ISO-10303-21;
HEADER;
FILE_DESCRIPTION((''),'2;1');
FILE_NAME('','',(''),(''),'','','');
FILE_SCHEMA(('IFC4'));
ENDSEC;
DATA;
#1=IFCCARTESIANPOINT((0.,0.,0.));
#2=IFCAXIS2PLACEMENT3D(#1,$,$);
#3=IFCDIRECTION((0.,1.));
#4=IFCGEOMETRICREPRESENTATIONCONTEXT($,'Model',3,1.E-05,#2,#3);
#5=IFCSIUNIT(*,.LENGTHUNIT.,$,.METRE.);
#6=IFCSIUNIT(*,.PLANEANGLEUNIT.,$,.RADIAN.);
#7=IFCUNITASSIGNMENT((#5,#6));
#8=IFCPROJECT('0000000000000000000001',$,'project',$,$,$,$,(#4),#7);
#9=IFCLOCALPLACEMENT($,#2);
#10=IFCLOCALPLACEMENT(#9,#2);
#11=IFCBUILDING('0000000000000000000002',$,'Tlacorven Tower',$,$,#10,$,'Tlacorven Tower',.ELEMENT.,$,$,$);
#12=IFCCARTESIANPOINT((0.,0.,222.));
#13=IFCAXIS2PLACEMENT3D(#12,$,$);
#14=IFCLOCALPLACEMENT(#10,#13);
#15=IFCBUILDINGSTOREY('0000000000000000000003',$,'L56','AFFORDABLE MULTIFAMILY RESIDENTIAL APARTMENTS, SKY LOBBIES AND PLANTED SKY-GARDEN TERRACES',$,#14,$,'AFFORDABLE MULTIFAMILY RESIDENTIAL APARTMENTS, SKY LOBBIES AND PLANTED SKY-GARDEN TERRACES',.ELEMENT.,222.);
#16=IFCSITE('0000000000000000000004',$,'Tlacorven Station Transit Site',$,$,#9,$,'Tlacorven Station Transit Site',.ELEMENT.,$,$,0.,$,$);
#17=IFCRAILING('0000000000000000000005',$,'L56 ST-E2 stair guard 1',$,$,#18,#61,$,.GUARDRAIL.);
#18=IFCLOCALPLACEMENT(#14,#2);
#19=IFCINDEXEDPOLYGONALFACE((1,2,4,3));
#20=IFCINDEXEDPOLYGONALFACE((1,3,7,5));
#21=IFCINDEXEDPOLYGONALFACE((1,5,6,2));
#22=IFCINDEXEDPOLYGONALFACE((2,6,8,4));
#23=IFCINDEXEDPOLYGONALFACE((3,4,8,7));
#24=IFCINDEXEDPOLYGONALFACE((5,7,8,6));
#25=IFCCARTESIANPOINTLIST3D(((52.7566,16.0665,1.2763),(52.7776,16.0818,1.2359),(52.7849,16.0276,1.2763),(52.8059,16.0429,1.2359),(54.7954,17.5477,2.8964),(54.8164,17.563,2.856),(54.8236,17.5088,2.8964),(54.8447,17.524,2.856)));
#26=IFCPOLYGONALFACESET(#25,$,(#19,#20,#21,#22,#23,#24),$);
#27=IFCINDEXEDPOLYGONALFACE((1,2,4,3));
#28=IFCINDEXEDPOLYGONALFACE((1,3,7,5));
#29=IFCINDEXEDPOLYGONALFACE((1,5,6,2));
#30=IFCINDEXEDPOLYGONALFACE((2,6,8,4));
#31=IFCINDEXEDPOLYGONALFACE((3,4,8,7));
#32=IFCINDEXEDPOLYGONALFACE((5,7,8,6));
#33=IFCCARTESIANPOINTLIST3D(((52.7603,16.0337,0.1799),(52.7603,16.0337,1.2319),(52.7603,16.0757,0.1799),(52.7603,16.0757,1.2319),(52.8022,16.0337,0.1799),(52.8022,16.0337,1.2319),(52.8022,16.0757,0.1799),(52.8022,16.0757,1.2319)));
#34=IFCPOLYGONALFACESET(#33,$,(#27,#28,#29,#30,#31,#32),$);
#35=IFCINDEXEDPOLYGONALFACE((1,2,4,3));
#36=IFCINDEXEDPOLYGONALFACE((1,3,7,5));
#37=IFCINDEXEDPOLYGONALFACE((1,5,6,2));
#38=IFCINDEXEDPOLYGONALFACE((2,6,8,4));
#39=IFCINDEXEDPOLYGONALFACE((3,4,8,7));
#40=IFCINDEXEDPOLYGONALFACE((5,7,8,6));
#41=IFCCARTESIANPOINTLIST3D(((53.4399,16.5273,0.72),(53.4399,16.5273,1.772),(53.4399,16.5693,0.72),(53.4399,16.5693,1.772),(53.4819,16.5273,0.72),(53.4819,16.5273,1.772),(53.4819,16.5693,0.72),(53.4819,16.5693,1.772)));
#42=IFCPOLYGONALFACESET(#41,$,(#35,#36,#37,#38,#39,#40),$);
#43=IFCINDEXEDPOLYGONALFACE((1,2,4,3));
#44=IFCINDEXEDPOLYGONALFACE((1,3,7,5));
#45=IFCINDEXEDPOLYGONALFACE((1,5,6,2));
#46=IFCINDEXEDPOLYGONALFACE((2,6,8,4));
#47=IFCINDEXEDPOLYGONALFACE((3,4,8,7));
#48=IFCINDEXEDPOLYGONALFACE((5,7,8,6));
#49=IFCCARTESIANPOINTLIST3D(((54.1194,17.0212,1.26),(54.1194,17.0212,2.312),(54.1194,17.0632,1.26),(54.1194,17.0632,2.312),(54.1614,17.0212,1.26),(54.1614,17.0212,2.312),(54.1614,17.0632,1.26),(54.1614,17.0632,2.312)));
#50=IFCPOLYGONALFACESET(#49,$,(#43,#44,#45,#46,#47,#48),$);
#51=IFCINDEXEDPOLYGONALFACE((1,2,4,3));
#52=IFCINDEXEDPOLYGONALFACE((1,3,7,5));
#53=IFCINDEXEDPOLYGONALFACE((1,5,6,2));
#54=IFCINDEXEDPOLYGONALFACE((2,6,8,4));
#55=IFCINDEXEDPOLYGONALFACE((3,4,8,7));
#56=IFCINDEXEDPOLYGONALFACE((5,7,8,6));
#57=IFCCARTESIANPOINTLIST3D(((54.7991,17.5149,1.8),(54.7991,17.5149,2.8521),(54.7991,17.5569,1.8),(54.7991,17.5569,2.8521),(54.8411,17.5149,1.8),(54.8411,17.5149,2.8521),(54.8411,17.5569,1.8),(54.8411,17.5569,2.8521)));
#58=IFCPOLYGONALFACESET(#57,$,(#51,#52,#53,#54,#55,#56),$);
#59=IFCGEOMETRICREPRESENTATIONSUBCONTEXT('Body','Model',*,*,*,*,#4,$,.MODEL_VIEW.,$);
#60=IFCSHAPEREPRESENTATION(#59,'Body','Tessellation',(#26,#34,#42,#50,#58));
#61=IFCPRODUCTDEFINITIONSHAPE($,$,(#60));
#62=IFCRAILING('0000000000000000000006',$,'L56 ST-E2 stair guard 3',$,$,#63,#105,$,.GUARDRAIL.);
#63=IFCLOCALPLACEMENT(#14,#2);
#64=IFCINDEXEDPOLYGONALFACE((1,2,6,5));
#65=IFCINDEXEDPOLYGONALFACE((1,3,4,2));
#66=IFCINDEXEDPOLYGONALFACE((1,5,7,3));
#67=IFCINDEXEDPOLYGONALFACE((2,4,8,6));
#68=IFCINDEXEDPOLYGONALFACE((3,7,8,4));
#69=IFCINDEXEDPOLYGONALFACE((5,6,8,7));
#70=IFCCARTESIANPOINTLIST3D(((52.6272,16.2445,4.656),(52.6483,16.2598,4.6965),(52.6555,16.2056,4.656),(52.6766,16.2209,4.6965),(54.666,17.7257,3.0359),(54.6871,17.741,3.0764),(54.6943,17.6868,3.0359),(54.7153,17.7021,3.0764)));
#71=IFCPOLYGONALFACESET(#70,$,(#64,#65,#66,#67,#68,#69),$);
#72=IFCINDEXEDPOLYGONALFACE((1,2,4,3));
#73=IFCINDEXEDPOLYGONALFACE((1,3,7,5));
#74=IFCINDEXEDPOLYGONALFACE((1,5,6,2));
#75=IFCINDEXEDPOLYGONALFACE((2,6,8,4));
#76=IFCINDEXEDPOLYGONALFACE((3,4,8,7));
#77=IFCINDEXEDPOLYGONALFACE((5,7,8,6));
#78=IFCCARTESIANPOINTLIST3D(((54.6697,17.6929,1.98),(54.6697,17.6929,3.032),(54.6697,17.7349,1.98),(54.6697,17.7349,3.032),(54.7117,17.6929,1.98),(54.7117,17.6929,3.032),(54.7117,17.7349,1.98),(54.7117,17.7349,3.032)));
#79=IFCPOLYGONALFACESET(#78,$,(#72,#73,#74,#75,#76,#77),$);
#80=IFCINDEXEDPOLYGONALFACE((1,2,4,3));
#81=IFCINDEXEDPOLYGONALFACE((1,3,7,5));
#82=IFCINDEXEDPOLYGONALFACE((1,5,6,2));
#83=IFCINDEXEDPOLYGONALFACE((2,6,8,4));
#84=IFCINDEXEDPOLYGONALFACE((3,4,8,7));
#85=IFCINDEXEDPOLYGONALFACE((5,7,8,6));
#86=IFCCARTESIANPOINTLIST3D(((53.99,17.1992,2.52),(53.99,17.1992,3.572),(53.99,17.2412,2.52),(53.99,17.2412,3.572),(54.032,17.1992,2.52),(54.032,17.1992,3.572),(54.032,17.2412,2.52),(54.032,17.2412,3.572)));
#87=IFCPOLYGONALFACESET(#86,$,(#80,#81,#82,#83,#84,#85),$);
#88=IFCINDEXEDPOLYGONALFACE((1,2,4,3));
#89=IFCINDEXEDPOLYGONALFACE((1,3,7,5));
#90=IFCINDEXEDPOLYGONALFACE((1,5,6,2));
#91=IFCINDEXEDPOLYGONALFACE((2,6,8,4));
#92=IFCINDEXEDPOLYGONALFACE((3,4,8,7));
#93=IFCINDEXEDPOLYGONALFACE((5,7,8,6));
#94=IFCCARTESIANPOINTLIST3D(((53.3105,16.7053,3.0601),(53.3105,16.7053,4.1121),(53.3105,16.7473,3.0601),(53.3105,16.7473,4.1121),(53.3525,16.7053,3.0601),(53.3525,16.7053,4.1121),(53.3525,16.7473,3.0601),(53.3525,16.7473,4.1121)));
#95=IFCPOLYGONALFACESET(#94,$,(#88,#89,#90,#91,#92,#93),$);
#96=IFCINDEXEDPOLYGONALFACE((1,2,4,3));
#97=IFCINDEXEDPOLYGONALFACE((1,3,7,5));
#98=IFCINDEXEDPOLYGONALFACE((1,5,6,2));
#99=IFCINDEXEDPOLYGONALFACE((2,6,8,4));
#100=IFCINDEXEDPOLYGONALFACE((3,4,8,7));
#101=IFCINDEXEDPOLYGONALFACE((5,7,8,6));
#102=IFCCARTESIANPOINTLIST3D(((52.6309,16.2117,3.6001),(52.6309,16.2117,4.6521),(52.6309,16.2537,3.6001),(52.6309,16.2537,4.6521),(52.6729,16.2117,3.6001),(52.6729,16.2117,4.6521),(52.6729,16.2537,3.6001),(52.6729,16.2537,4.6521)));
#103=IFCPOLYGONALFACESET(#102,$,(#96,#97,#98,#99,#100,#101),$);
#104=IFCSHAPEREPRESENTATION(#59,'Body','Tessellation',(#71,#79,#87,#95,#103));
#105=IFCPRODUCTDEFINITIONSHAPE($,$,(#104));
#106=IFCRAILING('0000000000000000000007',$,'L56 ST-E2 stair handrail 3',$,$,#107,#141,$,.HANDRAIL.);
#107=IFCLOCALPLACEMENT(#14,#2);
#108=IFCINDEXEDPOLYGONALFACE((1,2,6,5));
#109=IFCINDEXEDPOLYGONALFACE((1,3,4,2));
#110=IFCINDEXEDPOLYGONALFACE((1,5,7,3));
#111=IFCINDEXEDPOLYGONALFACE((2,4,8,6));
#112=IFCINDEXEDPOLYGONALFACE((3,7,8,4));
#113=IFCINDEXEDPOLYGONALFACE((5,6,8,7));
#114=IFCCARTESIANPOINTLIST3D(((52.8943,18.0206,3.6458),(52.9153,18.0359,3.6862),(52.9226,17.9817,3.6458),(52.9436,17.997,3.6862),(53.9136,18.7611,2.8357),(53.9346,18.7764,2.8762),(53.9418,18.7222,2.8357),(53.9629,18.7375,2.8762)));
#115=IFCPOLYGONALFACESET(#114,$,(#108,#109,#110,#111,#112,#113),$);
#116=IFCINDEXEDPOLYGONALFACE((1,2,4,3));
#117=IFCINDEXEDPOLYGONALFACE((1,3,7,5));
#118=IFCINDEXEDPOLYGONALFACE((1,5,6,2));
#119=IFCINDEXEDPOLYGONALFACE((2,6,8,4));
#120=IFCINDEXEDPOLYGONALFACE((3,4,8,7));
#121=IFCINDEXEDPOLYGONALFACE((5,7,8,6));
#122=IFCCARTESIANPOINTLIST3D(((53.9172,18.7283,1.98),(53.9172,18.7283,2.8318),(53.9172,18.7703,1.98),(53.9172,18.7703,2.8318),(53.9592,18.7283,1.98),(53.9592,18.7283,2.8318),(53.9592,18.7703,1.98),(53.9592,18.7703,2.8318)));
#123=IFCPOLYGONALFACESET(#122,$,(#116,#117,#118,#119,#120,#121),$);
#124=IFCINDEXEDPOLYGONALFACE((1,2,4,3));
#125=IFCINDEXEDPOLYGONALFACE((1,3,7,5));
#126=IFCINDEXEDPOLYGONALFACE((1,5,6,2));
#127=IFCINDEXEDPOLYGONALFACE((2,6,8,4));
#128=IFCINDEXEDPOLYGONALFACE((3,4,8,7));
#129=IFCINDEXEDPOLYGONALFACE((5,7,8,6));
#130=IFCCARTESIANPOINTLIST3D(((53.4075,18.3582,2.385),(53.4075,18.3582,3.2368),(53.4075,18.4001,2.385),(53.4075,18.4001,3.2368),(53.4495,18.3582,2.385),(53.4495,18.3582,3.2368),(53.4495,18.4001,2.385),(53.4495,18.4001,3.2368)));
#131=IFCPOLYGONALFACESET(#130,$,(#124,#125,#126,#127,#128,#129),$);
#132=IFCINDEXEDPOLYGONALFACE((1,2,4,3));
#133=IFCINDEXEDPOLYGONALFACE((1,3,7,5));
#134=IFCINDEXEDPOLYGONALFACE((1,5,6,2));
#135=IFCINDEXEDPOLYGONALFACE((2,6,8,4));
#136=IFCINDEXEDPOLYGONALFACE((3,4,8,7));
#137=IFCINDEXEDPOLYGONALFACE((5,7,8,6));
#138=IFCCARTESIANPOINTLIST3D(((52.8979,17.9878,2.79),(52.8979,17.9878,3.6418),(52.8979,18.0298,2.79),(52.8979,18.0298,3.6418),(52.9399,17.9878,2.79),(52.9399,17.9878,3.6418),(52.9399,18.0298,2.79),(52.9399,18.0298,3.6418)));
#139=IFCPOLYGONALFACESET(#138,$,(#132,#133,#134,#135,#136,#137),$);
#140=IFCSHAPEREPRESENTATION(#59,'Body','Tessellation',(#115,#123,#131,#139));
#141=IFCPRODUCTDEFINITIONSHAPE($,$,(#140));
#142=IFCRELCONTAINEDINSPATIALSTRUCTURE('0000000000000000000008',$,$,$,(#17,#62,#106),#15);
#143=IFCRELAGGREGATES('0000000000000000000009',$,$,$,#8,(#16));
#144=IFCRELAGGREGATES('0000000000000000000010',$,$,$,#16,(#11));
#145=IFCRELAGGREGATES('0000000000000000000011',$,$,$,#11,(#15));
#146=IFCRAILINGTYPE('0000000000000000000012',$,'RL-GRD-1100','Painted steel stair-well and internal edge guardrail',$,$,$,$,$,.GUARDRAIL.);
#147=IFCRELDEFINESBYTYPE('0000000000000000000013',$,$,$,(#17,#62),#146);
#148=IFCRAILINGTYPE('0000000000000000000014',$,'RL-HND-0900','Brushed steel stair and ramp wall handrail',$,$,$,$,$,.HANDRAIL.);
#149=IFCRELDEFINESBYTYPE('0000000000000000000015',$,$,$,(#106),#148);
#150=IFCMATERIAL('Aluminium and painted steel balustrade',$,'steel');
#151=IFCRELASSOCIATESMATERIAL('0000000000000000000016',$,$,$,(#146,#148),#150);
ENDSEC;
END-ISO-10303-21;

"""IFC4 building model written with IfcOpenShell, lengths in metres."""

from ifc_helpers import new_model, si_unit, direction, frame, origin, origin_2d, place, context, subcontext, project, spatial, rectangle, extrude, source, transform, mapped, material, type_object, element, save


model = new_model("IFC4")

# Units and contexts
model_context = context("Model", 3, precision=1e-05, world=origin(), true_north=direction((0.0, 1.0)))
body_context = subcontext(model_context, "Body", "Model", "MODEL_VIEW")
ifc_project = project(units=[si_unit("LENGTHUNIT", "METRE"), si_unit("PLANEANGLEUNIT", "RADIAN")], contexts=[model_context])

# Site, building, storey
site_placement = place(None, origin())
site = spatial("IfcSite", under=ifc_project, at=site_placement, Name="Tlacorven Station Transit Site", LongName="Tlacorven Station Transit Site", CompositionType="ELEMENT", RefElevation=0.0)
building_placement = place(site_placement, origin())
building = spatial("IfcBuilding", under=site, at=building_placement, Name="Tlacorven Tower", LongName="Tlacorven Tower", CompositionType="ELEMENT")
storey_placement = place(building_placement, frame((0.0, 0.0, 222.0)))
storey = spatial("IfcBuildingStorey", under=building, at=storey_placement, Name="L56", Description="AFFORDABLE MULTIFAMILY RESIDENTIAL APARTMENTS, SKY LOBBIES AND PLANTED SKY-GARDEN TERRACES", LongName="AFFORDABLE MULTIFAMILY RESIDENTIAL APARTMENTS, SKY LOBBIES AND PLANTED SKY-GARDEN TERRACES", CompositionType="ELEMENT", Elevation=222.0)

# Shared definitions
ifc_material_1 = material(Name="Aluminium and painted steel balustrade", Category="steel")

# Railings
railing_type_1 = type_object("IfcRailingType", Name="RL-GRD-1100", Description="Painted steel stair-well and internal edge guardrail", PredefinedType="GUARDRAIL", material=ifc_material_1)
railing_type_2 = type_object("IfcRailingType", Name="RL-HND-0900", Description="Brushed steel stair and ramp wall handrail", PredefinedType="HANDRAIL", material=ifc_material_1)
shared_shape_1 = source(origin(), body_context, "Body", "SweptSolid", [
    extrude(rectangle(XDim=0.0481, YDim=0.0481, at=origin_2d()), frame((0.0, 0.0, 1.0762), z_axis=(0.680532, 0.494407, 0.540775), x_axis=(-0.587763, 0.809033, 0.0)), (0.0, 0.0, 1.0), 2.9958),
    extrude(rectangle(XDim=0.042, YDim=0.042, at=origin_2d()), origin(), (0.0, 0.0, 1.0), 1.052),
    extrude(rectangle(XDim=0.042, YDim=0.042, at=origin_2d()), frame((0.6797, 0.4937, 0.54)), (0.0, 0.0, 1.0), 1.052),
    extrude(rectangle(XDim=0.042, YDim=0.042, at=origin_2d()), frame((1.3591, 0.9875, 1.0801)), (0.0, 0.0, 1.0), 1.052),
    extrude(rectangle(XDim=0.042, YDim=0.042, at=origin_2d()), frame((2.0388, 1.4812, 1.6201)), (0.0, 0.0, 1.0), 1.052),
])
railing_1_placement = place(storey_placement, frame((52.7812, 16.0547, 0.1799)))
element("IfcRailing", 1, at=railing_1_placement, inside=storey, type_object=railing_type_1, Name="L56 ST-E2 stair guard 1", PredefinedType="GUARDRAIL", context=body_context, shape_type="MappedRepresentation", body=[
    mapped(shared_shape_1, transform((0.0, 0.0, 0.0), scale=1.0)),
])
shared_shape_2 = source(origin(), body_context, "Body", "SweptSolid", [
    extrude(rectangle(XDim=0.0481, YDim=0.0481, at=origin_2d()), frame((0.0, 0.0, 1.0762), z_axis=(-0.680532, -0.494407, 0.540775), x_axis=(0.587763, -0.809033, 0.0)), (0.0, 0.0, 1.0), 2.9958),
    extrude(rectangle(XDim=0.042, YDim=0.042, at=origin_2d()), origin(), (0.0, 0.0, 1.0), 1.052),
    extrude(rectangle(XDim=0.042, YDim=0.042, at=origin_2d()), frame((-0.6797, -0.4937, 0.54)), (0.0, 0.0, 1.0), 1.052),
    extrude(rectangle(XDim=0.042, YDim=0.042, at=origin_2d()), frame((-1.3591, -0.9875, 1.0801)), (0.0, 0.0, 1.0), 1.052),
    extrude(rectangle(XDim=0.042, YDim=0.042, at=origin_2d()), frame((-2.0388, -1.4812, 1.6201)), (0.0, 0.0, 1.0), 1.052),
])
railing_2_placement = place(storey_placement, frame((54.6907, 17.7139, 1.98)))
element("IfcRailing", 2, at=railing_2_placement, inside=storey, type_object=railing_type_1, Name="L56 ST-E2 stair guard 3", PredefinedType="GUARDRAIL", context=body_context, shape_type="MappedRepresentation", body=[
    mapped(shared_shape_2, transform((0.0, 0.0, 0.0), scale=1.0)),
])
shared_shape_3 = source(origin(), body_context, "Body", "SweptSolid", [
    extrude(rectangle(XDim=0.0481, YDim=0.0481, at=origin_2d()), frame((0.0, 0.0, 0.876), z_axis=(-0.680516, -0.494373, 0.540827), x_axis=(0.587745, -0.809046, 0.0)), (0.0, 0.0, 1.0), 1.4978),
    extrude(rectangle(XDim=0.042, YDim=0.042, at=origin_2d()), origin(), (0.0, 0.0, 1.0), 0.8518),
    extrude(rectangle(XDim=0.042, YDim=0.042, at=origin_2d()), frame((-0.5098, -0.3701, 0.405)), (0.0, 0.0, 1.0), 0.8518),
    extrude(rectangle(XDim=0.042, YDim=0.042, at=origin_2d()), frame((-1.0193, -0.7405, 0.8101)), (0.0, 0.0, 1.0), 0.8518),
])
railing_3_placement = place(storey_placement, frame((53.9382, 18.7493, 1.98)))
element("IfcRailing", 3, at=railing_3_placement, inside=storey, type_object=railing_type_2, Name="L56 ST-E2 stair handrail 3", PredefinedType="HANDRAIL", context=body_context, shape_type="MappedRepresentation", body=[
    mapped(shared_shape_3, transform((0.0, 0.0, 0.0), scale=1.0)),
])

save(model, "model.ifc")
